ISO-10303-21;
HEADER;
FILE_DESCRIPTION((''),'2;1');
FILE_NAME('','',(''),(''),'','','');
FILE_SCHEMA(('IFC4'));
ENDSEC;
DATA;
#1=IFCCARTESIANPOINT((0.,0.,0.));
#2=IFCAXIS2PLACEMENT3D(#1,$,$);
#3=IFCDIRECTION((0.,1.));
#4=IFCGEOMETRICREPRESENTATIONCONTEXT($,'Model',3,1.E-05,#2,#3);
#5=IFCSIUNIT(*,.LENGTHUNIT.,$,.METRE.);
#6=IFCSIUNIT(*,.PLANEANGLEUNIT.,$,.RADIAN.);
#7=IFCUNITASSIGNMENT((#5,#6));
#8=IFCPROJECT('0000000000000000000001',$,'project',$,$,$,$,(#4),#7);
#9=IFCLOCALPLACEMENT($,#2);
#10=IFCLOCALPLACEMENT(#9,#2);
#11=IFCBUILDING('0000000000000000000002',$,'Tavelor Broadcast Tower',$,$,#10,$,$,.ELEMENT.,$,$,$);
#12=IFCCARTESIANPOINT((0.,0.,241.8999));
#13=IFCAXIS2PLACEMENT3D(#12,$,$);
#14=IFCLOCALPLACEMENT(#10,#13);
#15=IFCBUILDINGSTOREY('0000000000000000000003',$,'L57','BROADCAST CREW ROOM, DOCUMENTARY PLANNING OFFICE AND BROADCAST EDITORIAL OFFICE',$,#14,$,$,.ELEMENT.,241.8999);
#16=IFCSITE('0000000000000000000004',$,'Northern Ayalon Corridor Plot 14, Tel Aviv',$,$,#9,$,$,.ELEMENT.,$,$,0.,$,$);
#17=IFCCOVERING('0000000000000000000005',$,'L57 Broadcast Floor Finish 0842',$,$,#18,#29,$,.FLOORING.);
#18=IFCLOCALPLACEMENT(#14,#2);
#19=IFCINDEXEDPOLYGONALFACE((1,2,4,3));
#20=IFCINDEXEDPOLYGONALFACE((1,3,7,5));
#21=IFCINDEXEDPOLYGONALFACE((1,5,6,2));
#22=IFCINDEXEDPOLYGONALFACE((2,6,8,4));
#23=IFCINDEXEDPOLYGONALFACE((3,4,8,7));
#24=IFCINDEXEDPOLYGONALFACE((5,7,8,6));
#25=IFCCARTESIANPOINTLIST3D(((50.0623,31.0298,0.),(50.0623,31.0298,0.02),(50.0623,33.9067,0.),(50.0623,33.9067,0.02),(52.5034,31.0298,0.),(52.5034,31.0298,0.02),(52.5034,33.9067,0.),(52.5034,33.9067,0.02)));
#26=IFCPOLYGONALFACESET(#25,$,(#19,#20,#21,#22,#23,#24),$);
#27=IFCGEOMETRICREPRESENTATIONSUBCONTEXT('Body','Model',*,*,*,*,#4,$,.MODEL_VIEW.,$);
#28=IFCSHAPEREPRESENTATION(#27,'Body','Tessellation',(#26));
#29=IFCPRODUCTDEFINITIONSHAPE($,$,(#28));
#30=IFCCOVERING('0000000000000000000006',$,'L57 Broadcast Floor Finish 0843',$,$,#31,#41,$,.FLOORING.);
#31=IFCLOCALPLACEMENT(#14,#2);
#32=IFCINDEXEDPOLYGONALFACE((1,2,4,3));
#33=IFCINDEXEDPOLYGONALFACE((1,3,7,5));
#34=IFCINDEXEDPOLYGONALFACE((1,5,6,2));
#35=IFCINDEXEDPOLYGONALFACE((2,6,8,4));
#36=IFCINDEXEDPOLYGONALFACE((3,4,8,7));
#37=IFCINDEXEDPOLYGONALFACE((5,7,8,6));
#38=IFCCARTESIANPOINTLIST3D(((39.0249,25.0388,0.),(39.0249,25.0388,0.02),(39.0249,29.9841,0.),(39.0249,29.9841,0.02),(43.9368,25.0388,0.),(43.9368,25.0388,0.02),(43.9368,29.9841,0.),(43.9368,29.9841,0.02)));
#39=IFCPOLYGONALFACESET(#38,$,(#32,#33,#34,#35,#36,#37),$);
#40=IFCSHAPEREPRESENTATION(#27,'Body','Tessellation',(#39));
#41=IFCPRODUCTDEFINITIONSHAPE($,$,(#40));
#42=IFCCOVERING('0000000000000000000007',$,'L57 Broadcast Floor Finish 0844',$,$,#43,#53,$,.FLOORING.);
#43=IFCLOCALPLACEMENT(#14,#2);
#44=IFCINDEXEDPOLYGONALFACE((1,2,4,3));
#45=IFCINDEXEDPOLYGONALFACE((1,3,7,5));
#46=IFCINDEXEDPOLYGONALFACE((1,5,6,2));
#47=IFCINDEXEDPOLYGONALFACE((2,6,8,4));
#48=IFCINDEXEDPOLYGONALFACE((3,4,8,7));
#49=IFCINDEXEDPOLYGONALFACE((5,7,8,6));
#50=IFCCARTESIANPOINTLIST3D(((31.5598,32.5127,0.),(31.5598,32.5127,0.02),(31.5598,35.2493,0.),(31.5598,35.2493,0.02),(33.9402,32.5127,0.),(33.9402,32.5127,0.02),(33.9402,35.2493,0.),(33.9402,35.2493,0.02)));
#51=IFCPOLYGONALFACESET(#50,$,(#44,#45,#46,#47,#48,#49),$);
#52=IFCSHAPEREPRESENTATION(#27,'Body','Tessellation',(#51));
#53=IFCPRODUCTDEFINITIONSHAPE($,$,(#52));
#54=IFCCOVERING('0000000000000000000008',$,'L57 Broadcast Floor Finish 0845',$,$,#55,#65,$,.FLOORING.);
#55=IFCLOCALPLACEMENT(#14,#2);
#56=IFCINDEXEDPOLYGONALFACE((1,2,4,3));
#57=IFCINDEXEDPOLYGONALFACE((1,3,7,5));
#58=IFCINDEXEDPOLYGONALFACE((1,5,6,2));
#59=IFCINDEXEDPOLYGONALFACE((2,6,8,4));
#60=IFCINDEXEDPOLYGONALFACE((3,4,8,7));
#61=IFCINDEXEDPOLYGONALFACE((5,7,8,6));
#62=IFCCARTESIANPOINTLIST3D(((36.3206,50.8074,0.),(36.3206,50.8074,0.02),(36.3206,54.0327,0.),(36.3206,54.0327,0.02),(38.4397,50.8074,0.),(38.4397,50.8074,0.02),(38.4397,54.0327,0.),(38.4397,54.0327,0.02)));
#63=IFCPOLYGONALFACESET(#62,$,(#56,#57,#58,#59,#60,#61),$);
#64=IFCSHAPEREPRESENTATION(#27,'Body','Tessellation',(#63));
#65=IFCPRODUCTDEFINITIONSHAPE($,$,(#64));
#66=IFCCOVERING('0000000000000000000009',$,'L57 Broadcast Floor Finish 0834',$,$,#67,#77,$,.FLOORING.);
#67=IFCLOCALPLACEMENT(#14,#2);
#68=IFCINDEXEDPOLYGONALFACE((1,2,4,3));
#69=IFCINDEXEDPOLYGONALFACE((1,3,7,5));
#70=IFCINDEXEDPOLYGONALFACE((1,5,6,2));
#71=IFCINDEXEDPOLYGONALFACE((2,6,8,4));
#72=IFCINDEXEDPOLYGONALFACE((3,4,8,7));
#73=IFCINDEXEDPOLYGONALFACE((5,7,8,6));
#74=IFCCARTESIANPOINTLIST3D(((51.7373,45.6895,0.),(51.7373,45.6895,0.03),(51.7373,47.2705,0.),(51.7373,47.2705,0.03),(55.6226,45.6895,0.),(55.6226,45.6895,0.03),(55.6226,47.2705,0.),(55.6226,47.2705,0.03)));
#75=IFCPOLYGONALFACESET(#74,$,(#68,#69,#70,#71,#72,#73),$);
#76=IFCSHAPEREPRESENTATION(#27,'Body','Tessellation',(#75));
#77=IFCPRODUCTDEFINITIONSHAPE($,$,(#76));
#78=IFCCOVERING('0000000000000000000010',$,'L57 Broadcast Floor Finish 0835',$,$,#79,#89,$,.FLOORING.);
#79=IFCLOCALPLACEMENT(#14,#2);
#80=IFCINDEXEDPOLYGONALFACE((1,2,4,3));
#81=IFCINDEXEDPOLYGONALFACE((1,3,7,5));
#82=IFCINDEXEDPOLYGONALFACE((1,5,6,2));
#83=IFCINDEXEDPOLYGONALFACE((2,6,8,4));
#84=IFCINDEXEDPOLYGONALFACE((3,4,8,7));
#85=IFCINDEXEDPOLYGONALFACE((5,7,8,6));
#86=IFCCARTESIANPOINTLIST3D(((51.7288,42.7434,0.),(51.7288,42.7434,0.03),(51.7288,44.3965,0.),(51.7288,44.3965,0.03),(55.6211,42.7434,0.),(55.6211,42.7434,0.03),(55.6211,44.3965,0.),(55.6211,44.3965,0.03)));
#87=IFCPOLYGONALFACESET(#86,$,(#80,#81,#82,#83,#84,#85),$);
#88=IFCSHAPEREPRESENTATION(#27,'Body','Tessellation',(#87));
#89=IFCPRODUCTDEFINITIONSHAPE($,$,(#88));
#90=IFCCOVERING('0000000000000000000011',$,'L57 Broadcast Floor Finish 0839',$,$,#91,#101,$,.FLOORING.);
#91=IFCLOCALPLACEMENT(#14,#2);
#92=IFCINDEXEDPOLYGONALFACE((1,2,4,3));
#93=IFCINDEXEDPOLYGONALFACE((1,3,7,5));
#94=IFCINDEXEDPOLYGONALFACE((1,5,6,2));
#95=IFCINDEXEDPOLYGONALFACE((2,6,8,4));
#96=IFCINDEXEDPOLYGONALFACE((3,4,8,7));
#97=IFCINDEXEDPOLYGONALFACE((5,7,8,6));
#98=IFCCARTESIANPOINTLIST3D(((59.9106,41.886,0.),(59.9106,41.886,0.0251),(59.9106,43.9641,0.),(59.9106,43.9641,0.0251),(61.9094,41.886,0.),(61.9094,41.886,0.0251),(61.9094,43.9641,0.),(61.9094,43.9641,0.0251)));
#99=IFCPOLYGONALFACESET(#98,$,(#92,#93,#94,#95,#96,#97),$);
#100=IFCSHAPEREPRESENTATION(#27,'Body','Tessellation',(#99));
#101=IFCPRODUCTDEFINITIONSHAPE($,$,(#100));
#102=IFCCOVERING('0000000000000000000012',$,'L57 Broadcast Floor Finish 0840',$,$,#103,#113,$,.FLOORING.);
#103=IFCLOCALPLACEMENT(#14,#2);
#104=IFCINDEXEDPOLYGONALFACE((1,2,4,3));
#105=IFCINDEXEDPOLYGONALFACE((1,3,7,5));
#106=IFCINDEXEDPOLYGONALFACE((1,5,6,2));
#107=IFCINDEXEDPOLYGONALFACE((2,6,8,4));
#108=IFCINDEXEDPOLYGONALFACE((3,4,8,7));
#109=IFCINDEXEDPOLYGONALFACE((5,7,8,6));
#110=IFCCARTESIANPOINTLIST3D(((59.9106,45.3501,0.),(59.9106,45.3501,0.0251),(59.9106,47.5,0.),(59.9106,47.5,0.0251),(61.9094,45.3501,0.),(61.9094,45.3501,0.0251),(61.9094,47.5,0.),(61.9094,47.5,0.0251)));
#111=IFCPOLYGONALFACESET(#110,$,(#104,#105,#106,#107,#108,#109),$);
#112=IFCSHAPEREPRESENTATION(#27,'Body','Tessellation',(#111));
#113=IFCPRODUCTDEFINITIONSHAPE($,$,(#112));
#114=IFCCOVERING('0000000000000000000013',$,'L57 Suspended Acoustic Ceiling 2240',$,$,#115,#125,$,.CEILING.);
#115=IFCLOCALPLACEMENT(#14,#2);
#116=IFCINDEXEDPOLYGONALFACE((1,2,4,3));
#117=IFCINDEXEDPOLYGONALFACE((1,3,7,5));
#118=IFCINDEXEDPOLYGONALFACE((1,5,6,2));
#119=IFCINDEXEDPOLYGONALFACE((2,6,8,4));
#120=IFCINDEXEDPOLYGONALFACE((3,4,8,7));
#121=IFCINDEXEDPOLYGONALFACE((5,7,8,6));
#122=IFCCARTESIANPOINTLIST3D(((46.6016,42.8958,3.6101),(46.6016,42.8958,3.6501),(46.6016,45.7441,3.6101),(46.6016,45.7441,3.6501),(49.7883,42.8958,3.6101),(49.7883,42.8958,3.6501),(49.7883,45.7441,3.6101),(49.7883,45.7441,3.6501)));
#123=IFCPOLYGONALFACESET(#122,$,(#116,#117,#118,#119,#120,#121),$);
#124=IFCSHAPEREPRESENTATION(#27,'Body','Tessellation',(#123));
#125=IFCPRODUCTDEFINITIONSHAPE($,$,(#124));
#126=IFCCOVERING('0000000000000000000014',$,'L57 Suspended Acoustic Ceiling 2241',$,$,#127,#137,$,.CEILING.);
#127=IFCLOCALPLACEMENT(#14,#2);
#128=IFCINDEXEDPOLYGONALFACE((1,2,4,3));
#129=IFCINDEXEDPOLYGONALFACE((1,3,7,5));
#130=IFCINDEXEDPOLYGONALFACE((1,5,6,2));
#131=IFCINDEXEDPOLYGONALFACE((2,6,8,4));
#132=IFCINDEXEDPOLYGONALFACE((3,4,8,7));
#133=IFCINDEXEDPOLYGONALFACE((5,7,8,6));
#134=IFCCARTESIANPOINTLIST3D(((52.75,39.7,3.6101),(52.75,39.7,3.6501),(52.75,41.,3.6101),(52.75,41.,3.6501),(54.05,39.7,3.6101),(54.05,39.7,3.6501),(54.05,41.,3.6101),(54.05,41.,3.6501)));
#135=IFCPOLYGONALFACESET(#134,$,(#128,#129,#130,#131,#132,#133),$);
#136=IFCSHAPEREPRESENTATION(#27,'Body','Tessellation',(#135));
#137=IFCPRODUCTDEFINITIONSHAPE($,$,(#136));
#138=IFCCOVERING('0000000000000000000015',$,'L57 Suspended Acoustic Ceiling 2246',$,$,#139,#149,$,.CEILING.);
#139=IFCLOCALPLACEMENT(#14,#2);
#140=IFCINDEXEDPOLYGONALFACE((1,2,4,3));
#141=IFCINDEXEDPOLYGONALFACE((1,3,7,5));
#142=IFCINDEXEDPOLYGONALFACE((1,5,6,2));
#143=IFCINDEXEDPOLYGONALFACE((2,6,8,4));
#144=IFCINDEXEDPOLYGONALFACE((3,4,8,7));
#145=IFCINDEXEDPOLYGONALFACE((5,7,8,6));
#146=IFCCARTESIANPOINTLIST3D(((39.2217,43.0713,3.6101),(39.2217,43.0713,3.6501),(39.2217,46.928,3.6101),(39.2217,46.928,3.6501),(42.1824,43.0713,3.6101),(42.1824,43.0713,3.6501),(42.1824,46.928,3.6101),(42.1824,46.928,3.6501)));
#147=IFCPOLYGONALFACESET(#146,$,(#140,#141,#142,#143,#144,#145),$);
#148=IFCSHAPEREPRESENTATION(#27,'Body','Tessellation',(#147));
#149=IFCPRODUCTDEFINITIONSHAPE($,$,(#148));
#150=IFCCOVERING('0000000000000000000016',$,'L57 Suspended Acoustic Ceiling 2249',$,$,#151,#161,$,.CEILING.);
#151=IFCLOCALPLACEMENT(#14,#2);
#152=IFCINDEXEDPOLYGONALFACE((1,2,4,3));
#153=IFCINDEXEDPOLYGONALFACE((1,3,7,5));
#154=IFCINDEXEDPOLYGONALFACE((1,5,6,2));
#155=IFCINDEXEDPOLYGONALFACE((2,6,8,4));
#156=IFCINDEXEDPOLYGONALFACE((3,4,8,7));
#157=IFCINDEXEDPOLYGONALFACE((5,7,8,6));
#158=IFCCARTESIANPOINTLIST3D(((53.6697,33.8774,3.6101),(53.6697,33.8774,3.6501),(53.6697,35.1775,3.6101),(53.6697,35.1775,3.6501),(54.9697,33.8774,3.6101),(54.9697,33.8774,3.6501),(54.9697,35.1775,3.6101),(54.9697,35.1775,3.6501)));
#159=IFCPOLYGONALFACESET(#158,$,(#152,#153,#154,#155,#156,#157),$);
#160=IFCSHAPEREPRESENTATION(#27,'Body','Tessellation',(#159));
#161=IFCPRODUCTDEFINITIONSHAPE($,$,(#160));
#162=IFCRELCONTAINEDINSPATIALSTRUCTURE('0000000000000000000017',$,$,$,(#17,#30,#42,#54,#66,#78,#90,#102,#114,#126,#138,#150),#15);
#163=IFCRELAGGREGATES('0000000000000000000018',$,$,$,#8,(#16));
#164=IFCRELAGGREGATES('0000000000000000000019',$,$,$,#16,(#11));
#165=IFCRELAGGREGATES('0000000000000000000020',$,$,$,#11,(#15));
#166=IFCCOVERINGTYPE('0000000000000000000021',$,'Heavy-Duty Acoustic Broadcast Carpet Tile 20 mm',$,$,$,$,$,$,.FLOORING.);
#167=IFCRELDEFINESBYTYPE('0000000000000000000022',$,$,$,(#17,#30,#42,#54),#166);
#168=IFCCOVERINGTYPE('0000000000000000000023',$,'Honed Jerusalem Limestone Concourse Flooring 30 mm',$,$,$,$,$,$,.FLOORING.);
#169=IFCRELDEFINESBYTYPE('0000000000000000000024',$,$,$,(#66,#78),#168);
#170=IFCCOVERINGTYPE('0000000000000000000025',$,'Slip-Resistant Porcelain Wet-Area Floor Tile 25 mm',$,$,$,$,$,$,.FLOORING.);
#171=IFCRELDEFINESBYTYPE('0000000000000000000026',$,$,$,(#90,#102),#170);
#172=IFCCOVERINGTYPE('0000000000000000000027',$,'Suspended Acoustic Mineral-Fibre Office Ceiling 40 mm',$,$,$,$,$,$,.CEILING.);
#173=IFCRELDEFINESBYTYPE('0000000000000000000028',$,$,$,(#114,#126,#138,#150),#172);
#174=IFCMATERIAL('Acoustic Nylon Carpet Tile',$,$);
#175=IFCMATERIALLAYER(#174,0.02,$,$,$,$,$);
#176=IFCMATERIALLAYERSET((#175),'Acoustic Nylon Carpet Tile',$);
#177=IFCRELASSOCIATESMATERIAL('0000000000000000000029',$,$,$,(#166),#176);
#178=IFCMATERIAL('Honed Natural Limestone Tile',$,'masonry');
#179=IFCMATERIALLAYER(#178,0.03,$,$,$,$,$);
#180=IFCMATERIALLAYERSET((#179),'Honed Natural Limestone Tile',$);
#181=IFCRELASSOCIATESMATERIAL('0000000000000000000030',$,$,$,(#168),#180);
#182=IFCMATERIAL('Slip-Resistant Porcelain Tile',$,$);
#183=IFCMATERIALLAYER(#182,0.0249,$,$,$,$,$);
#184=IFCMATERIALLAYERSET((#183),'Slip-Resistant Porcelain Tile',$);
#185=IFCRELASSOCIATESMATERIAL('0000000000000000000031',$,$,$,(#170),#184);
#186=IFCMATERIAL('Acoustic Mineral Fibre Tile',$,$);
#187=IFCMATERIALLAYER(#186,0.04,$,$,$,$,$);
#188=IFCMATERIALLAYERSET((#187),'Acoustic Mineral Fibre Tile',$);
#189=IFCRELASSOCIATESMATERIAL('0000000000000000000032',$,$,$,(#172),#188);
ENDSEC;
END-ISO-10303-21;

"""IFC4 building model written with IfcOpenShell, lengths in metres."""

from ifc_helpers import new_model, si_unit, direction, frame, origin, place, context, subcontext, project, spatial, polyline, outline, extrude, material, layer, layer_set, type_object, element, save


model = new_model("IFC4")

# Units and contexts
model_context = context("Model", 3, precision=1e-05, world=origin(), true_north=direction((0.0, 1.0)))
body_context = subcontext(model_context, "Body", "Model", "MODEL_VIEW")
ifc_project = project(units=[si_unit("LENGTHUNIT", "METRE"), si_unit("PLANEANGLEUNIT", "RADIAN")], contexts=[model_context])

# Site, building, storey
site_placement = place(None, origin())
site = spatial("IfcSite", under=ifc_project, at=site_placement, Name="Northern Ayalon Corridor Plot 14, Tel Aviv", CompositionType="ELEMENT", RefElevation=0.0)
building_placement = place(site_placement, origin())
building = spatial("IfcBuilding", under=site, at=building_placement, Name="Tavelor Broadcast Tower", CompositionType="ELEMENT")
storey_placement = place(building_placement, frame((0.0, 0.0, 241.8999)))
storey = spatial("IfcBuildingStorey", under=building, at=storey_placement, Name="L57", Description="BROADCAST CREW ROOM, DOCUMENTARY PLANNING OFFICE AND BROADCAST EDITORIAL OFFICE", CompositionType="ELEMENT", Elevation=241.8999)

# Coverings
ifc_material_1 = material(Name="Acoustic Nylon Carpet Tile")
ifc_layer_1 = layer(ifc_material_1, 0.02)
ifc_layer_set_1 = layer_set([ifc_layer_1], Name="Acoustic Nylon Carpet Tile")
covering_type_1 = type_object("IfcCoveringType", Name="Heavy-Duty Acoustic Broadcast Carpet Tile 20 mm", PredefinedType="FLOORING", material=ifc_layer_set_1)
covering_1_placement = place(storey_placement, origin())
element("IfcCovering", 1, at=covering_1_placement, inside=storey, type_object=covering_type_1, Name="L57 Broadcast Floor Finish 0842", PredefinedType="FLOORING", context=body_context, shape_type="SweptSolid", body=[
    extrude(outline(polyline([(50.0623, 31.0298), (52.5034, 31.0298), (52.5034, 33.9067), (50.0623, 33.9067), (50.0623, 31.0298)])), origin(), (0.0, 0.0, 1.0), 0.02),
])
covering_2_placement = place(storey_placement, origin())
element("IfcCovering", 2, at=covering_2_placement, inside=storey, type_object=covering_type_1, Name="L57 Broadcast Floor Finish 0843", PredefinedType="FLOORING", context=body_context, shape_type="SweptSolid", body=[
    extrude(outline(polyline([(39.0249, 25.0388), (43.9368, 25.0388), (43.9368, 29.9841), (39.0249, 29.9841), (39.0249, 25.0388)])), origin(), (0.0, 0.0, 1.0), 0.02),
])
covering_3_placement = place(storey_placement, origin())
element("IfcCovering", 3, at=covering_3_placement, inside=storey, type_object=covering_type_1, Name="L57 Broadcast Floor Finish 0844", PredefinedType="FLOORING", context=body_context, shape_type="SweptSolid", body=[
    extrude(outline(polyline([(31.5598, 32.5127), (33.9402, 32.5127), (33.9402, 35.2493), (31.5598, 35.2493), (31.5598, 32.5127)])), origin(), (0.0, 0.0, 1.0), 0.02),
])
covering_4_placement = place(storey_placement, origin())
element("IfcCovering", 4, at=covering_4_placement, inside=storey, type_object=covering_type_1, Name="L57 Broadcast Floor Finish 0845", PredefinedType="FLOORING", context=body_context, shape_type="SweptSolid", body=[
    extrude(outline(polyline([(36.3206, 50.8074), (38.4397, 50.8074), (38.4397, 54.0327), (36.3206, 54.0327), (36.3206, 50.8074)])), origin(), (0.0, 0.0, 1.0), 0.02),
])
ifc_material_2 = material(Name="Honed Natural Limestone Tile", Category="masonry")
ifc_layer_2 = layer(ifc_material_2, 0.03)
ifc_layer_set_2 = layer_set([ifc_layer_2], Name="Honed Natural Limestone Tile")
covering_type_2 = type_object("IfcCoveringType", Name="Honed Jerusalem Limestone Concourse Flooring 30 mm", PredefinedType="FLOORING", material=ifc_layer_set_2)
covering_5_placement = place(storey_placement, origin())
element("IfcCovering", 5, at=covering_5_placement, inside=storey, type_object=covering_type_2, Name="L57 Broadcast Floor Finish 0834", PredefinedType="FLOORING", context=body_context, shape_type="SweptSolid", body=[
    extrude(outline(polyline([(51.7373, 45.6895), (55.6226, 45.6895), (55.6226, 47.2705), (51.7373, 47.2705), (51.7373, 45.6895)])), origin(), (0.0, 0.0, 1.0), 0.03),
])
covering_6_placement = place(storey_placement, origin())
element("IfcCovering", 6, at=covering_6_placement, inside=storey, type_object=covering_type_2, Name="L57 Broadcast Floor Finish 0835", PredefinedType="FLOORING", context=body_context, shape_type="SweptSolid", body=[
    extrude(outline(polyline([(51.7288, 42.7434), (55.6211, 42.7434), (55.6211, 44.3965), (51.7288, 44.3965), (51.7288, 42.7434)])), origin(), (0.0, 0.0, 1.0), 0.03),
])
ifc_material_3 = material(Name="Slip-Resistant Porcelain Tile")
ifc_layer_3 = layer(ifc_material_3, 0.0249)
ifc_layer_set_3 = layer_set([ifc_layer_3], Name="Slip-Resistant Porcelain Tile")
covering_type_3 = type_object("IfcCoveringType", Name="Slip-Resistant Porcelain Wet-Area Floor Tile 25 mm", PredefinedType="FLOORING", material=ifc_layer_set_3)
covering_7_placement = place(storey_placement, origin())
element("IfcCovering", 7, at=covering_7_placement, inside=storey, type_object=covering_type_3, Name="L57 Broadcast Floor Finish 0839", PredefinedType="FLOORING", context=body_context, shape_type="SweptSolid", body=[
    extrude(outline(polyline([(59.9106, 41.886), (61.9094, 41.886), (61.9094, 43.9641), (59.9106, 43.9641), (59.9106, 41.886)])), origin(), (0.0, 0.0, 1.0), 0.0251),
])
covering_8_placement = place(storey_placement, origin())
element("IfcCovering", 8, at=covering_8_placement, inside=storey, type_object=covering_type_3, Name="L57 Broadcast Floor Finish 0840", PredefinedType="FLOORING", context=body_context, shape_type="SweptSolid", body=[
    extrude(outline(polyline([(59.9106, 45.3501), (61.9094, 45.3501), (61.9094, 47.5), (59.9106, 47.5), (59.9106, 45.3501)])), origin(), (0.0, 0.0, 1.0), 0.0251),
])
ifc_material_4 = material(Name="Acoustic Mineral Fibre Tile")
ifc_layer_4 = layer(ifc_material_4, 0.04)
ifc_layer_set_4 = layer_set([ifc_layer_4], Name="Acoustic Mineral Fibre Tile")
covering_type_4 = type_object("IfcCoveringType", Name="Suspended Acoustic Mineral-Fibre Office Ceiling 40 mm", PredefinedType="CEILING", material=ifc_layer_set_4)
covering_9_placement = place(storey_placement, frame((0.0, 0.0, 3.6101)))
element("IfcCovering", 9, at=covering_9_placement, inside=storey, type_object=covering_type_4, Name="L57 Suspended Acoustic Ceiling 2240", PredefinedType="CEILING", context=body_context, shape_type="SweptSolid", body=[
    extrude(outline(polyline([(46.6016, 42.8958), (49.7883, 42.8958), (49.7883, 45.7441), (46.6016, 45.7441), (46.6016, 42.8958)])), origin(), (0.0, 0.0, 1.0), 0.04),
])
covering_10_placement = place(storey_placement, frame((0.0, 0.0, 3.6101)))
element("IfcCovering", 10, at=covering_10_placement, inside=storey, type_object=covering_type_4, Name="L57 Suspended Acoustic Ceiling 2241", PredefinedType="CEILING", context=body_context, shape_type="SweptSolid", body=[
    extrude(outline(polyline([(52.75, 39.7), (54.05, 39.7), (54.05, 41.0), (52.75, 41.0), (52.75, 39.7)])), origin(), (0.0, 0.0, 1.0), 0.04),
])
covering_11_placement = place(storey_placement, frame((0.0, 0.0, 3.6101)))
element("IfcCovering", 11, at=covering_11_placement, inside=storey, type_object=covering_type_4, Name="L57 Suspended Acoustic Ceiling 2246", PredefinedType="CEILING", context=body_context, shape_type="SweptSolid", body=[
    extrude(outline(polyline([(39.2217, 43.0713), (42.1824, 43.0713), (42.1824, 46.928), (39.2217, 46.928), (39.2217, 43.0713)])), origin(), (0.0, 0.0, 1.0), 0.04),
])
covering_12_placement = place(storey_placement, frame((0.0, 0.0, 3.6101)))
element("IfcCovering", 12, at=covering_12_placement, inside=storey, type_object=covering_type_4, Name="L57 Suspended Acoustic Ceiling 2249", PredefinedType="CEILING", context=body_context, shape_type="SweptSolid", body=[
    extrude(outline(polyline([(53.6697, 33.8774), (54.9697, 33.8774), (54.9697, 35.1775), (53.6697, 35.1775), (53.6697, 33.8774)])), origin(), (0.0, 0.0, 1.0), 0.04),
])

save(model, "model.ifc")
